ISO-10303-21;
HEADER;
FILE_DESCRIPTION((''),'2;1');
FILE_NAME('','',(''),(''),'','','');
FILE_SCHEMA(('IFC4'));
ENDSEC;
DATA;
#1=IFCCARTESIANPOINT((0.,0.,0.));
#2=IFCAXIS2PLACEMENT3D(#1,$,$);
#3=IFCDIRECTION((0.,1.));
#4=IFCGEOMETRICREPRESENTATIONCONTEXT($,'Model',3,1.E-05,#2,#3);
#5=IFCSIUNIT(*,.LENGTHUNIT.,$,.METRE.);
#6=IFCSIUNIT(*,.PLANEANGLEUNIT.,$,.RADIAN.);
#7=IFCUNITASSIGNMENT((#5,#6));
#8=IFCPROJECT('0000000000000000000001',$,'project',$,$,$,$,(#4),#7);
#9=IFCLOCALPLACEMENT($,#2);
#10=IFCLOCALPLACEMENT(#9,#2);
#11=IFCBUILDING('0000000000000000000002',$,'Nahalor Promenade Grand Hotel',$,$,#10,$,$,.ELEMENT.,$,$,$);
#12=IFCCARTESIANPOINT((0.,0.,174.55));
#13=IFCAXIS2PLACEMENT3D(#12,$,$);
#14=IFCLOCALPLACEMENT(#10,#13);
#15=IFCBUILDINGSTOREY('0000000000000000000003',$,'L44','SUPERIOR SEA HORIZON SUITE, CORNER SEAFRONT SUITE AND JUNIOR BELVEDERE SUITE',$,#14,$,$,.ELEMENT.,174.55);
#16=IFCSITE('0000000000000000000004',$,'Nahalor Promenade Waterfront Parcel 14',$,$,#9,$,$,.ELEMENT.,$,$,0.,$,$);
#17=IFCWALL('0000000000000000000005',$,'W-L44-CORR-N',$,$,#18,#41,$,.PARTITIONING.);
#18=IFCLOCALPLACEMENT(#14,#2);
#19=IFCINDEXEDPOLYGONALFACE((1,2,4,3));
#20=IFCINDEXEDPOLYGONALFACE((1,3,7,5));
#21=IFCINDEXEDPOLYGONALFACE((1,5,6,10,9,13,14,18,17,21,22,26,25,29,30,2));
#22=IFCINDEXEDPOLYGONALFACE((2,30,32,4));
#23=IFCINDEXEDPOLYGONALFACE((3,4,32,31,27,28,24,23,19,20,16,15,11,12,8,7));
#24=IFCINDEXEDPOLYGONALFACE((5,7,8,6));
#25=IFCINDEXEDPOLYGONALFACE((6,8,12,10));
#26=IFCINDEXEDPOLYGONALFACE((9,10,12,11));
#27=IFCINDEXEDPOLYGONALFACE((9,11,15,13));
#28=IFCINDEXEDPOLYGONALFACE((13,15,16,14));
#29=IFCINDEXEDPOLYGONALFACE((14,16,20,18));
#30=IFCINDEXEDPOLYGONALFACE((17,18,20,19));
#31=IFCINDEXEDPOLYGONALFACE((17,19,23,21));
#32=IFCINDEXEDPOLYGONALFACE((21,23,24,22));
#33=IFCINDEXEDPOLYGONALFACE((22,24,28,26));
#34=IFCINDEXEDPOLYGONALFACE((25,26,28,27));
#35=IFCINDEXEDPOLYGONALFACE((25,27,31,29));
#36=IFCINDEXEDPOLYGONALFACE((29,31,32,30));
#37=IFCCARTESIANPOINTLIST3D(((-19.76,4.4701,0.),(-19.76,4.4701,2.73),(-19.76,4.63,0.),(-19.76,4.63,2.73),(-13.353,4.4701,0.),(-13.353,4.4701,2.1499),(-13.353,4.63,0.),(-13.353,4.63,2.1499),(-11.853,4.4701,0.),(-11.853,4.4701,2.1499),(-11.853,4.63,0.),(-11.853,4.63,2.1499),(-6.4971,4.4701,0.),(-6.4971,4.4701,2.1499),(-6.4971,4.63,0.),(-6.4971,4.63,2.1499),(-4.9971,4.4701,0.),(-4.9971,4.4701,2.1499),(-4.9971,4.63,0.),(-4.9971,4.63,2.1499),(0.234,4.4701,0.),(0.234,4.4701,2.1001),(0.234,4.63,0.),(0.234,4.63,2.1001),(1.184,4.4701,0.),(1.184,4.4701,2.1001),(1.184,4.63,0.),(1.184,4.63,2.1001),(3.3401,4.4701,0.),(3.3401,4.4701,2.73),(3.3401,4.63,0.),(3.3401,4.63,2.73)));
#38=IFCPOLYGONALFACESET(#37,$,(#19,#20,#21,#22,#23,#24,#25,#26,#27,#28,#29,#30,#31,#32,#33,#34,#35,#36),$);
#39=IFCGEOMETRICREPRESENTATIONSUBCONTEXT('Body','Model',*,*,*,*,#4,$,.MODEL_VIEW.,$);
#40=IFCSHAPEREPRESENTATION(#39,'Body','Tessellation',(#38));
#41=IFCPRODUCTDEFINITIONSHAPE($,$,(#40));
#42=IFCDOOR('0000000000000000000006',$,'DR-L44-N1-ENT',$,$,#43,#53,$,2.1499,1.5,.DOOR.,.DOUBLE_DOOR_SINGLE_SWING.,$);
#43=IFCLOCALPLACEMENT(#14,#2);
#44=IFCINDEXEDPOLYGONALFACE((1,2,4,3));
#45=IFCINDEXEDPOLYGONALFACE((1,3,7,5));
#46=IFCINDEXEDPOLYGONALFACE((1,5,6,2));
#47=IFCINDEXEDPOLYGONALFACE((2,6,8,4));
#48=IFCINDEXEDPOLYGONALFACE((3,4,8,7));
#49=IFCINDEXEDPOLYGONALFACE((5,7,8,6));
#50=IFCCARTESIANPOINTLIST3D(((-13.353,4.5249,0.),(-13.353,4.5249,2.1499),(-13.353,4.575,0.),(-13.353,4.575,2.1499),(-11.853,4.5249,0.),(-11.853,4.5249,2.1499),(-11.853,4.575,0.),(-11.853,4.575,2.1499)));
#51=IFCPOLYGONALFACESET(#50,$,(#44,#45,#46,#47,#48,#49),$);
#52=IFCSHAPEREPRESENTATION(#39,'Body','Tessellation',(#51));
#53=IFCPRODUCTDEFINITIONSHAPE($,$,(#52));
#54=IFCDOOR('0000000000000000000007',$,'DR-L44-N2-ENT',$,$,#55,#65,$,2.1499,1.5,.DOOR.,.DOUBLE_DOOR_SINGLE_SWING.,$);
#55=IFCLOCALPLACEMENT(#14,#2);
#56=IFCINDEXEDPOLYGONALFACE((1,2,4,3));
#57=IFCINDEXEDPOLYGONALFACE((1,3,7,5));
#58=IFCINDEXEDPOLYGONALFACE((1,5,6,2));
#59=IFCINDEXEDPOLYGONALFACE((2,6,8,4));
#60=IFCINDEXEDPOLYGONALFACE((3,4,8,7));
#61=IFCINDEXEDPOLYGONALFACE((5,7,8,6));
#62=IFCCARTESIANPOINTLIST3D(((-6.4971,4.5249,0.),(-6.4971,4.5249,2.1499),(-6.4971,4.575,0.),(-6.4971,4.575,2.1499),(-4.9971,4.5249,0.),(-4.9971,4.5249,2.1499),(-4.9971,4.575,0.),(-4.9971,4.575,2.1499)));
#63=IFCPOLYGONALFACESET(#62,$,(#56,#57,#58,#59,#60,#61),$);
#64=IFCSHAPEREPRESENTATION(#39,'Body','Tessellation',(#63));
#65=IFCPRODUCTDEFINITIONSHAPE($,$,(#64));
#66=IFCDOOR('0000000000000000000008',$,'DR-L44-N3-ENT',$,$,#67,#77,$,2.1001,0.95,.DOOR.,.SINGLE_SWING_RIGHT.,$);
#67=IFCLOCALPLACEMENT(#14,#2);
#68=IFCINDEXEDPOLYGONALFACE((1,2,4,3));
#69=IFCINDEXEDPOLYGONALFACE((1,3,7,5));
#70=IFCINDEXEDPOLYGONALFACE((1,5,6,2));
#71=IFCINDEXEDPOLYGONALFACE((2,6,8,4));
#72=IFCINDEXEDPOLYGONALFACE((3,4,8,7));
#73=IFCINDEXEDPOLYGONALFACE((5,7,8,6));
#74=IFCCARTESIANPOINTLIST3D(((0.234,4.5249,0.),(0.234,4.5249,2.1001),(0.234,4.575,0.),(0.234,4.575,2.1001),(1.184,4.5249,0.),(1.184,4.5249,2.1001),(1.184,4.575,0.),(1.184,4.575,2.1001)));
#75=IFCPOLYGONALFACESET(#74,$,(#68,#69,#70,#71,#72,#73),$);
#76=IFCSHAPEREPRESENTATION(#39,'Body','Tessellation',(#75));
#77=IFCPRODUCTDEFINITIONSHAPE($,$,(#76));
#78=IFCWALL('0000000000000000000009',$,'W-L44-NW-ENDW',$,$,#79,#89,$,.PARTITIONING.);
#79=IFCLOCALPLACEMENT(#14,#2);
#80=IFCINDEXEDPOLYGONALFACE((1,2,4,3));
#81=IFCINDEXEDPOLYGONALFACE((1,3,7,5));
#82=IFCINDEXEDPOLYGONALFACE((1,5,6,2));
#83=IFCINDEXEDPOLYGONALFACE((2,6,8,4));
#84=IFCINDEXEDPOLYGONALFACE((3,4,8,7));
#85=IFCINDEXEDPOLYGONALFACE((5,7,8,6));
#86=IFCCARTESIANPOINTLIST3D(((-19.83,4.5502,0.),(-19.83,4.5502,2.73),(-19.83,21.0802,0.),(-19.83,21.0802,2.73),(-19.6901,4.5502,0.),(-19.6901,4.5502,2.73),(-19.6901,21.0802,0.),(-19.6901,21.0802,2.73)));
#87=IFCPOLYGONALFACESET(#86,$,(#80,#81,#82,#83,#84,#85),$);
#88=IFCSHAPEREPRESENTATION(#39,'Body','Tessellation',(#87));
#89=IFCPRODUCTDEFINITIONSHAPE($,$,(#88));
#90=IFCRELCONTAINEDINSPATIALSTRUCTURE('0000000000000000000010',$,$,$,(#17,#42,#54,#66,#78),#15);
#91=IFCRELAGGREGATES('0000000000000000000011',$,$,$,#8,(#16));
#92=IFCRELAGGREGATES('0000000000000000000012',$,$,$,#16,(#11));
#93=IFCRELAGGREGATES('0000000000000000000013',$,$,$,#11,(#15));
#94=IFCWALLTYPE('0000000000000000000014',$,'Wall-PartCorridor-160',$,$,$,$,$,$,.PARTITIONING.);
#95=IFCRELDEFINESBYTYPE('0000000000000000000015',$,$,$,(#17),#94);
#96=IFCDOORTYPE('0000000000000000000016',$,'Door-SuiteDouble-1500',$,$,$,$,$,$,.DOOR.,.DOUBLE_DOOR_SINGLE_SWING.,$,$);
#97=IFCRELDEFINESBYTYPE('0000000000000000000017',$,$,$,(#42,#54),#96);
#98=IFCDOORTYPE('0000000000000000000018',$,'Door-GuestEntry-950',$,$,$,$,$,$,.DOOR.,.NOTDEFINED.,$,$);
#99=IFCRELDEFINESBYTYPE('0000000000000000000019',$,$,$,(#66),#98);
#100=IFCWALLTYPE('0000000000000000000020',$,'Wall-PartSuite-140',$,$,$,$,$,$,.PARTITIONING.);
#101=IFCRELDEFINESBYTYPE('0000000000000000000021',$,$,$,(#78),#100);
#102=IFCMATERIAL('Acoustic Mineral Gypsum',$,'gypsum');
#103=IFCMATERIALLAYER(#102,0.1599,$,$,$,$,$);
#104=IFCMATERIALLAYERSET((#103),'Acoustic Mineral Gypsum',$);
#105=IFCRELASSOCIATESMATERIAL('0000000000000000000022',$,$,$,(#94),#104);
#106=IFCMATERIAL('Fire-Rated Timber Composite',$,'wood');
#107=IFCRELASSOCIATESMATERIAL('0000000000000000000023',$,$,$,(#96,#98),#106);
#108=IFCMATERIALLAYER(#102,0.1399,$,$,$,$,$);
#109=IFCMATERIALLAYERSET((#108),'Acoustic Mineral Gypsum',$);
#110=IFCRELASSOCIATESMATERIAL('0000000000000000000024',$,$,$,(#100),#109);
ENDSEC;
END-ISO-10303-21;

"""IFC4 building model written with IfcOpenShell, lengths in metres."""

from ifc_helpers import new_model, si_unit, direction, frame, frame_2d, origin, place, context, subcontext, project, spatial, rectangle, extrude, source, transform, mapped, material, layer, layer_set, type_object, element, fill, save


model = new_model("IFC4")

# Units and contexts
model_context = context("Model", 3, precision=1e-05, world=origin(), true_north=direction((0.0, 1.0)))
body_context = subcontext(model_context, "Body", "Model", "MODEL_VIEW")
ifc_project = project(units=[si_unit("LENGTHUNIT", "METRE"), si_unit("PLANEANGLEUNIT", "RADIAN")], contexts=[model_context])

# Site, building, storey
site_placement = place(None, origin())
site = spatial("IfcSite", under=ifc_project, at=site_placement, Name="Nahalor Promenade Waterfront Parcel 14", CompositionType="ELEMENT", RefElevation=0.0)
building_placement = place(site_placement, origin())
building = spatial("IfcBuilding", under=site, at=building_placement, Name="Nahalor Promenade Grand Hotel", CompositionType="ELEMENT")
storey_placement = place(building_placement, frame((0.0, 0.0, 174.55)))
storey = spatial("IfcBuildingStorey", under=building, at=storey_placement, Name="L44", Description="SUPERIOR SEA HORIZON SUITE, CORNER SEAFRONT SUITE AND JUNIOR BELVEDERE SUITE", CompositionType="ELEMENT", Elevation=174.55)

# Wall, openings, doors
ifc_material_1 = material(Name="Acoustic Mineral Gypsum", Category="gypsum")
ifc_layer_1 = layer(ifc_material_1, 0.1599)
ifc_layer_set_1 = layer_set([ifc_layer_1], Name="Acoustic Mineral Gypsum")
wall_type_1 = type_object("IfcWallType", Name="Wall-PartCorridor-160", PredefinedType="PARTITIONING", material=ifc_layer_set_1)
shared_shape_1 = source(origin(), body_context, "Body", "SweptSolid", [
    extrude(rectangle(XDim=23.1001, YDim=0.1599, at=frame_2d((11.55, 0.0))), origin(), (0.0, 0.0, 1.0), 2.73),
])
wall_1_placement = place(storey_placement, frame((-19.76, 4.55, 0.0), z_axis=(0.0, 0.0, 1.0), x_axis=(1.0, 0.0, 0.0)))
wall_1 = element("IfcWall", 1, at=wall_1_placement, inside=storey, type_object=wall_type_1, Name="W-L44-CORR-N", PredefinedType="PARTITIONING", context=body_context, shape_type="MappedRepresentation", body=[
    mapped(shared_shape_1, transform((0.0, 0.0, 0.0), scale=1.0)),
])
opening_1_placement = place(wall_1_placement, frame((6.407, 0.0, 0.0)))
opening_1 = element("IfcOpeningElement", 2, at=opening_1_placement, cuts=wall_1, PredefinedType="OPENING", context=body_context, shape_type="SweptSolid", body=[
    extrude(rectangle(XDim=1.5, YDim=2.1499, at=frame_2d((0.75, 1.075))), frame((0.0, 0.0898, 0.0), z_axis=(0.0, -1.0, 0.0), x_axis=(1.0, 0.0, 0.0)), (0.0, 0.0, 1.0), 0.1799),
])
opening_2_placement = place(wall_1_placement, frame((13.2629, 0.0, 0.0)))
opening_2 = element("IfcOpeningElement", 3, at=opening_2_placement, cuts=wall_1, PredefinedType="OPENING", context=body_context, shape_type="SweptSolid", body=[
    extrude(rectangle(XDim=1.5, YDim=2.1499, at=frame_2d((0.75, 1.075))), frame((0.0, 0.0898, 0.0), z_axis=(0.0, -1.0, 0.0), x_axis=(1.0, 0.0, 0.0)), (0.0, 0.0, 1.0), 0.1799),
])
opening_3_placement = place(wall_1_placement, frame((19.9939, 0.0, 0.0)))
opening_3 = element("IfcOpeningElement", 4, at=opening_3_placement, cuts=wall_1, PredefinedType="OPENING", context=body_context, shape_type="SweptSolid", body=[
    extrude(rectangle(XDim=0.95, YDim=2.1001, at=frame_2d((0.4751, 1.05))), frame((0.0, 0.0898, 0.0), z_axis=(0.0, -1.0, 0.0), x_axis=(1.0, 0.0, 0.0)), (0.0, 0.0, 1.0), 0.1799),
])
ifc_material_2 = material(Name="Fire-Rated Timber Composite", Category="wood")
door_type_1 = type_object("IfcDoorType", Name="Door-SuiteDouble-1500", OperationType="DOUBLE_DOOR_SINGLE_SWING", PredefinedType="DOOR", material=ifc_material_2)
shared_shape_2 = source(origin(), body_context, "Body", "SweptSolid", [
    extrude(rectangle(XDim=1.5, YDim=2.1499, at=frame_2d((0.75, 1.075))), frame((0.0, 0.0249, 0.0), z_axis=(0.0, -1.0, 0.0), x_axis=(1.0, 0.0, 0.0)), (0.0, 0.0, 1.0), 0.05),
])
door_1_placement = place(opening_1_placement, origin())
door_1 = element("IfcDoor", 5, at=door_1_placement, inside=storey, type_object=door_type_1, Name="DR-L44-N1-ENT", OperationType="DOUBLE_DOOR_SINGLE_SWING", OverallHeight=2.1499, OverallWidth=1.5, PredefinedType="DOOR", context=body_context, shape_type="MappedRepresentation", body=[
    mapped(shared_shape_2, transform((0.0, 0.0, 0.0), scale=1.0)),
])
fill(opening_1, door_1)
door_2_placement = place(opening_2_placement, origin())
door_2 = element("IfcDoor", 6, at=door_2_placement, inside=storey, type_object=door_type_1, Name="DR-L44-N2-ENT", OperationType="DOUBLE_DOOR_SINGLE_SWING", OverallHeight=2.1499, OverallWidth=1.5, PredefinedType="DOOR", context=body_context, shape_type="MappedRepresentation", body=[
    mapped(shared_shape_2, transform((0.0, 0.0, 0.0), scale=1.0)),
])
fill(opening_2, door_2)
door_type_2 = type_object("IfcDoorType", Name="Door-GuestEntry-950", OperationType="NOTDEFINED", PredefinedType="DOOR", material=ifc_material_2)
shared_shape_3 = source(origin(), body_context, "Body", "SweptSolid", [
    extrude(rectangle(XDim=0.95, YDim=2.1001, at=frame_2d((0.4751, 1.05))), frame((0.0, 0.0249, 0.0), z_axis=(0.0, -1.0, 0.0), x_axis=(1.0, 0.0, 0.0)), (0.0, 0.0, 1.0), 0.05),
])
door_3_placement = place(opening_3_placement, origin())
door_3 = element("IfcDoor", 7, at=door_3_placement, inside=storey, type_object=door_type_2, Name="DR-L44-N3-ENT", OperationType="SINGLE_SWING_RIGHT", OverallHeight=2.1001, OverallWidth=0.95, PredefinedType="DOOR", context=body_context, shape_type="MappedRepresentation", body=[
    mapped(shared_shape_3, transform((0.0, 0.0, 0.0), scale=1.0)),
])
fill(opening_3, door_3)

# Wall
ifc_layer_2 = layer(ifc_material_1, 0.1399)
ifc_layer_set_2 = layer_set([ifc_layer_2], Name="Acoustic Mineral Gypsum")
wall_type_2 = type_object("IfcWallType", Name="Wall-PartSuite-140", PredefinedType="PARTITIONING", material=ifc_layer_set_2)
shared_shape_4 = source(origin(), body_context, "Body", "SweptSolid", [
    extrude(rectangle(XDim=16.53, YDim=0.1399, at=frame_2d((8.2651, 0.0))), origin(), (0.0, 0.0, 1.0), 2.73),
])
wall_2_placement = place(storey_placement, frame((-19.76, 4.55, 0.0), z_axis=(0.0, 0.0, 1.0), x_axis=(0.0, 1.0, 0.0)))
element("IfcWall", 8, at=wall_2_placement, inside=storey, type_object=wall_type_2, Name="W-L44-NW-ENDW", PredefinedType="PARTITIONING", context=body_context, shape_type="MappedRepresentation", body=[
    mapped(shared_shape_4, transform((0.0, 0.0, 0.0), scale=1.0)),
])

save(model, "model.ifc")
